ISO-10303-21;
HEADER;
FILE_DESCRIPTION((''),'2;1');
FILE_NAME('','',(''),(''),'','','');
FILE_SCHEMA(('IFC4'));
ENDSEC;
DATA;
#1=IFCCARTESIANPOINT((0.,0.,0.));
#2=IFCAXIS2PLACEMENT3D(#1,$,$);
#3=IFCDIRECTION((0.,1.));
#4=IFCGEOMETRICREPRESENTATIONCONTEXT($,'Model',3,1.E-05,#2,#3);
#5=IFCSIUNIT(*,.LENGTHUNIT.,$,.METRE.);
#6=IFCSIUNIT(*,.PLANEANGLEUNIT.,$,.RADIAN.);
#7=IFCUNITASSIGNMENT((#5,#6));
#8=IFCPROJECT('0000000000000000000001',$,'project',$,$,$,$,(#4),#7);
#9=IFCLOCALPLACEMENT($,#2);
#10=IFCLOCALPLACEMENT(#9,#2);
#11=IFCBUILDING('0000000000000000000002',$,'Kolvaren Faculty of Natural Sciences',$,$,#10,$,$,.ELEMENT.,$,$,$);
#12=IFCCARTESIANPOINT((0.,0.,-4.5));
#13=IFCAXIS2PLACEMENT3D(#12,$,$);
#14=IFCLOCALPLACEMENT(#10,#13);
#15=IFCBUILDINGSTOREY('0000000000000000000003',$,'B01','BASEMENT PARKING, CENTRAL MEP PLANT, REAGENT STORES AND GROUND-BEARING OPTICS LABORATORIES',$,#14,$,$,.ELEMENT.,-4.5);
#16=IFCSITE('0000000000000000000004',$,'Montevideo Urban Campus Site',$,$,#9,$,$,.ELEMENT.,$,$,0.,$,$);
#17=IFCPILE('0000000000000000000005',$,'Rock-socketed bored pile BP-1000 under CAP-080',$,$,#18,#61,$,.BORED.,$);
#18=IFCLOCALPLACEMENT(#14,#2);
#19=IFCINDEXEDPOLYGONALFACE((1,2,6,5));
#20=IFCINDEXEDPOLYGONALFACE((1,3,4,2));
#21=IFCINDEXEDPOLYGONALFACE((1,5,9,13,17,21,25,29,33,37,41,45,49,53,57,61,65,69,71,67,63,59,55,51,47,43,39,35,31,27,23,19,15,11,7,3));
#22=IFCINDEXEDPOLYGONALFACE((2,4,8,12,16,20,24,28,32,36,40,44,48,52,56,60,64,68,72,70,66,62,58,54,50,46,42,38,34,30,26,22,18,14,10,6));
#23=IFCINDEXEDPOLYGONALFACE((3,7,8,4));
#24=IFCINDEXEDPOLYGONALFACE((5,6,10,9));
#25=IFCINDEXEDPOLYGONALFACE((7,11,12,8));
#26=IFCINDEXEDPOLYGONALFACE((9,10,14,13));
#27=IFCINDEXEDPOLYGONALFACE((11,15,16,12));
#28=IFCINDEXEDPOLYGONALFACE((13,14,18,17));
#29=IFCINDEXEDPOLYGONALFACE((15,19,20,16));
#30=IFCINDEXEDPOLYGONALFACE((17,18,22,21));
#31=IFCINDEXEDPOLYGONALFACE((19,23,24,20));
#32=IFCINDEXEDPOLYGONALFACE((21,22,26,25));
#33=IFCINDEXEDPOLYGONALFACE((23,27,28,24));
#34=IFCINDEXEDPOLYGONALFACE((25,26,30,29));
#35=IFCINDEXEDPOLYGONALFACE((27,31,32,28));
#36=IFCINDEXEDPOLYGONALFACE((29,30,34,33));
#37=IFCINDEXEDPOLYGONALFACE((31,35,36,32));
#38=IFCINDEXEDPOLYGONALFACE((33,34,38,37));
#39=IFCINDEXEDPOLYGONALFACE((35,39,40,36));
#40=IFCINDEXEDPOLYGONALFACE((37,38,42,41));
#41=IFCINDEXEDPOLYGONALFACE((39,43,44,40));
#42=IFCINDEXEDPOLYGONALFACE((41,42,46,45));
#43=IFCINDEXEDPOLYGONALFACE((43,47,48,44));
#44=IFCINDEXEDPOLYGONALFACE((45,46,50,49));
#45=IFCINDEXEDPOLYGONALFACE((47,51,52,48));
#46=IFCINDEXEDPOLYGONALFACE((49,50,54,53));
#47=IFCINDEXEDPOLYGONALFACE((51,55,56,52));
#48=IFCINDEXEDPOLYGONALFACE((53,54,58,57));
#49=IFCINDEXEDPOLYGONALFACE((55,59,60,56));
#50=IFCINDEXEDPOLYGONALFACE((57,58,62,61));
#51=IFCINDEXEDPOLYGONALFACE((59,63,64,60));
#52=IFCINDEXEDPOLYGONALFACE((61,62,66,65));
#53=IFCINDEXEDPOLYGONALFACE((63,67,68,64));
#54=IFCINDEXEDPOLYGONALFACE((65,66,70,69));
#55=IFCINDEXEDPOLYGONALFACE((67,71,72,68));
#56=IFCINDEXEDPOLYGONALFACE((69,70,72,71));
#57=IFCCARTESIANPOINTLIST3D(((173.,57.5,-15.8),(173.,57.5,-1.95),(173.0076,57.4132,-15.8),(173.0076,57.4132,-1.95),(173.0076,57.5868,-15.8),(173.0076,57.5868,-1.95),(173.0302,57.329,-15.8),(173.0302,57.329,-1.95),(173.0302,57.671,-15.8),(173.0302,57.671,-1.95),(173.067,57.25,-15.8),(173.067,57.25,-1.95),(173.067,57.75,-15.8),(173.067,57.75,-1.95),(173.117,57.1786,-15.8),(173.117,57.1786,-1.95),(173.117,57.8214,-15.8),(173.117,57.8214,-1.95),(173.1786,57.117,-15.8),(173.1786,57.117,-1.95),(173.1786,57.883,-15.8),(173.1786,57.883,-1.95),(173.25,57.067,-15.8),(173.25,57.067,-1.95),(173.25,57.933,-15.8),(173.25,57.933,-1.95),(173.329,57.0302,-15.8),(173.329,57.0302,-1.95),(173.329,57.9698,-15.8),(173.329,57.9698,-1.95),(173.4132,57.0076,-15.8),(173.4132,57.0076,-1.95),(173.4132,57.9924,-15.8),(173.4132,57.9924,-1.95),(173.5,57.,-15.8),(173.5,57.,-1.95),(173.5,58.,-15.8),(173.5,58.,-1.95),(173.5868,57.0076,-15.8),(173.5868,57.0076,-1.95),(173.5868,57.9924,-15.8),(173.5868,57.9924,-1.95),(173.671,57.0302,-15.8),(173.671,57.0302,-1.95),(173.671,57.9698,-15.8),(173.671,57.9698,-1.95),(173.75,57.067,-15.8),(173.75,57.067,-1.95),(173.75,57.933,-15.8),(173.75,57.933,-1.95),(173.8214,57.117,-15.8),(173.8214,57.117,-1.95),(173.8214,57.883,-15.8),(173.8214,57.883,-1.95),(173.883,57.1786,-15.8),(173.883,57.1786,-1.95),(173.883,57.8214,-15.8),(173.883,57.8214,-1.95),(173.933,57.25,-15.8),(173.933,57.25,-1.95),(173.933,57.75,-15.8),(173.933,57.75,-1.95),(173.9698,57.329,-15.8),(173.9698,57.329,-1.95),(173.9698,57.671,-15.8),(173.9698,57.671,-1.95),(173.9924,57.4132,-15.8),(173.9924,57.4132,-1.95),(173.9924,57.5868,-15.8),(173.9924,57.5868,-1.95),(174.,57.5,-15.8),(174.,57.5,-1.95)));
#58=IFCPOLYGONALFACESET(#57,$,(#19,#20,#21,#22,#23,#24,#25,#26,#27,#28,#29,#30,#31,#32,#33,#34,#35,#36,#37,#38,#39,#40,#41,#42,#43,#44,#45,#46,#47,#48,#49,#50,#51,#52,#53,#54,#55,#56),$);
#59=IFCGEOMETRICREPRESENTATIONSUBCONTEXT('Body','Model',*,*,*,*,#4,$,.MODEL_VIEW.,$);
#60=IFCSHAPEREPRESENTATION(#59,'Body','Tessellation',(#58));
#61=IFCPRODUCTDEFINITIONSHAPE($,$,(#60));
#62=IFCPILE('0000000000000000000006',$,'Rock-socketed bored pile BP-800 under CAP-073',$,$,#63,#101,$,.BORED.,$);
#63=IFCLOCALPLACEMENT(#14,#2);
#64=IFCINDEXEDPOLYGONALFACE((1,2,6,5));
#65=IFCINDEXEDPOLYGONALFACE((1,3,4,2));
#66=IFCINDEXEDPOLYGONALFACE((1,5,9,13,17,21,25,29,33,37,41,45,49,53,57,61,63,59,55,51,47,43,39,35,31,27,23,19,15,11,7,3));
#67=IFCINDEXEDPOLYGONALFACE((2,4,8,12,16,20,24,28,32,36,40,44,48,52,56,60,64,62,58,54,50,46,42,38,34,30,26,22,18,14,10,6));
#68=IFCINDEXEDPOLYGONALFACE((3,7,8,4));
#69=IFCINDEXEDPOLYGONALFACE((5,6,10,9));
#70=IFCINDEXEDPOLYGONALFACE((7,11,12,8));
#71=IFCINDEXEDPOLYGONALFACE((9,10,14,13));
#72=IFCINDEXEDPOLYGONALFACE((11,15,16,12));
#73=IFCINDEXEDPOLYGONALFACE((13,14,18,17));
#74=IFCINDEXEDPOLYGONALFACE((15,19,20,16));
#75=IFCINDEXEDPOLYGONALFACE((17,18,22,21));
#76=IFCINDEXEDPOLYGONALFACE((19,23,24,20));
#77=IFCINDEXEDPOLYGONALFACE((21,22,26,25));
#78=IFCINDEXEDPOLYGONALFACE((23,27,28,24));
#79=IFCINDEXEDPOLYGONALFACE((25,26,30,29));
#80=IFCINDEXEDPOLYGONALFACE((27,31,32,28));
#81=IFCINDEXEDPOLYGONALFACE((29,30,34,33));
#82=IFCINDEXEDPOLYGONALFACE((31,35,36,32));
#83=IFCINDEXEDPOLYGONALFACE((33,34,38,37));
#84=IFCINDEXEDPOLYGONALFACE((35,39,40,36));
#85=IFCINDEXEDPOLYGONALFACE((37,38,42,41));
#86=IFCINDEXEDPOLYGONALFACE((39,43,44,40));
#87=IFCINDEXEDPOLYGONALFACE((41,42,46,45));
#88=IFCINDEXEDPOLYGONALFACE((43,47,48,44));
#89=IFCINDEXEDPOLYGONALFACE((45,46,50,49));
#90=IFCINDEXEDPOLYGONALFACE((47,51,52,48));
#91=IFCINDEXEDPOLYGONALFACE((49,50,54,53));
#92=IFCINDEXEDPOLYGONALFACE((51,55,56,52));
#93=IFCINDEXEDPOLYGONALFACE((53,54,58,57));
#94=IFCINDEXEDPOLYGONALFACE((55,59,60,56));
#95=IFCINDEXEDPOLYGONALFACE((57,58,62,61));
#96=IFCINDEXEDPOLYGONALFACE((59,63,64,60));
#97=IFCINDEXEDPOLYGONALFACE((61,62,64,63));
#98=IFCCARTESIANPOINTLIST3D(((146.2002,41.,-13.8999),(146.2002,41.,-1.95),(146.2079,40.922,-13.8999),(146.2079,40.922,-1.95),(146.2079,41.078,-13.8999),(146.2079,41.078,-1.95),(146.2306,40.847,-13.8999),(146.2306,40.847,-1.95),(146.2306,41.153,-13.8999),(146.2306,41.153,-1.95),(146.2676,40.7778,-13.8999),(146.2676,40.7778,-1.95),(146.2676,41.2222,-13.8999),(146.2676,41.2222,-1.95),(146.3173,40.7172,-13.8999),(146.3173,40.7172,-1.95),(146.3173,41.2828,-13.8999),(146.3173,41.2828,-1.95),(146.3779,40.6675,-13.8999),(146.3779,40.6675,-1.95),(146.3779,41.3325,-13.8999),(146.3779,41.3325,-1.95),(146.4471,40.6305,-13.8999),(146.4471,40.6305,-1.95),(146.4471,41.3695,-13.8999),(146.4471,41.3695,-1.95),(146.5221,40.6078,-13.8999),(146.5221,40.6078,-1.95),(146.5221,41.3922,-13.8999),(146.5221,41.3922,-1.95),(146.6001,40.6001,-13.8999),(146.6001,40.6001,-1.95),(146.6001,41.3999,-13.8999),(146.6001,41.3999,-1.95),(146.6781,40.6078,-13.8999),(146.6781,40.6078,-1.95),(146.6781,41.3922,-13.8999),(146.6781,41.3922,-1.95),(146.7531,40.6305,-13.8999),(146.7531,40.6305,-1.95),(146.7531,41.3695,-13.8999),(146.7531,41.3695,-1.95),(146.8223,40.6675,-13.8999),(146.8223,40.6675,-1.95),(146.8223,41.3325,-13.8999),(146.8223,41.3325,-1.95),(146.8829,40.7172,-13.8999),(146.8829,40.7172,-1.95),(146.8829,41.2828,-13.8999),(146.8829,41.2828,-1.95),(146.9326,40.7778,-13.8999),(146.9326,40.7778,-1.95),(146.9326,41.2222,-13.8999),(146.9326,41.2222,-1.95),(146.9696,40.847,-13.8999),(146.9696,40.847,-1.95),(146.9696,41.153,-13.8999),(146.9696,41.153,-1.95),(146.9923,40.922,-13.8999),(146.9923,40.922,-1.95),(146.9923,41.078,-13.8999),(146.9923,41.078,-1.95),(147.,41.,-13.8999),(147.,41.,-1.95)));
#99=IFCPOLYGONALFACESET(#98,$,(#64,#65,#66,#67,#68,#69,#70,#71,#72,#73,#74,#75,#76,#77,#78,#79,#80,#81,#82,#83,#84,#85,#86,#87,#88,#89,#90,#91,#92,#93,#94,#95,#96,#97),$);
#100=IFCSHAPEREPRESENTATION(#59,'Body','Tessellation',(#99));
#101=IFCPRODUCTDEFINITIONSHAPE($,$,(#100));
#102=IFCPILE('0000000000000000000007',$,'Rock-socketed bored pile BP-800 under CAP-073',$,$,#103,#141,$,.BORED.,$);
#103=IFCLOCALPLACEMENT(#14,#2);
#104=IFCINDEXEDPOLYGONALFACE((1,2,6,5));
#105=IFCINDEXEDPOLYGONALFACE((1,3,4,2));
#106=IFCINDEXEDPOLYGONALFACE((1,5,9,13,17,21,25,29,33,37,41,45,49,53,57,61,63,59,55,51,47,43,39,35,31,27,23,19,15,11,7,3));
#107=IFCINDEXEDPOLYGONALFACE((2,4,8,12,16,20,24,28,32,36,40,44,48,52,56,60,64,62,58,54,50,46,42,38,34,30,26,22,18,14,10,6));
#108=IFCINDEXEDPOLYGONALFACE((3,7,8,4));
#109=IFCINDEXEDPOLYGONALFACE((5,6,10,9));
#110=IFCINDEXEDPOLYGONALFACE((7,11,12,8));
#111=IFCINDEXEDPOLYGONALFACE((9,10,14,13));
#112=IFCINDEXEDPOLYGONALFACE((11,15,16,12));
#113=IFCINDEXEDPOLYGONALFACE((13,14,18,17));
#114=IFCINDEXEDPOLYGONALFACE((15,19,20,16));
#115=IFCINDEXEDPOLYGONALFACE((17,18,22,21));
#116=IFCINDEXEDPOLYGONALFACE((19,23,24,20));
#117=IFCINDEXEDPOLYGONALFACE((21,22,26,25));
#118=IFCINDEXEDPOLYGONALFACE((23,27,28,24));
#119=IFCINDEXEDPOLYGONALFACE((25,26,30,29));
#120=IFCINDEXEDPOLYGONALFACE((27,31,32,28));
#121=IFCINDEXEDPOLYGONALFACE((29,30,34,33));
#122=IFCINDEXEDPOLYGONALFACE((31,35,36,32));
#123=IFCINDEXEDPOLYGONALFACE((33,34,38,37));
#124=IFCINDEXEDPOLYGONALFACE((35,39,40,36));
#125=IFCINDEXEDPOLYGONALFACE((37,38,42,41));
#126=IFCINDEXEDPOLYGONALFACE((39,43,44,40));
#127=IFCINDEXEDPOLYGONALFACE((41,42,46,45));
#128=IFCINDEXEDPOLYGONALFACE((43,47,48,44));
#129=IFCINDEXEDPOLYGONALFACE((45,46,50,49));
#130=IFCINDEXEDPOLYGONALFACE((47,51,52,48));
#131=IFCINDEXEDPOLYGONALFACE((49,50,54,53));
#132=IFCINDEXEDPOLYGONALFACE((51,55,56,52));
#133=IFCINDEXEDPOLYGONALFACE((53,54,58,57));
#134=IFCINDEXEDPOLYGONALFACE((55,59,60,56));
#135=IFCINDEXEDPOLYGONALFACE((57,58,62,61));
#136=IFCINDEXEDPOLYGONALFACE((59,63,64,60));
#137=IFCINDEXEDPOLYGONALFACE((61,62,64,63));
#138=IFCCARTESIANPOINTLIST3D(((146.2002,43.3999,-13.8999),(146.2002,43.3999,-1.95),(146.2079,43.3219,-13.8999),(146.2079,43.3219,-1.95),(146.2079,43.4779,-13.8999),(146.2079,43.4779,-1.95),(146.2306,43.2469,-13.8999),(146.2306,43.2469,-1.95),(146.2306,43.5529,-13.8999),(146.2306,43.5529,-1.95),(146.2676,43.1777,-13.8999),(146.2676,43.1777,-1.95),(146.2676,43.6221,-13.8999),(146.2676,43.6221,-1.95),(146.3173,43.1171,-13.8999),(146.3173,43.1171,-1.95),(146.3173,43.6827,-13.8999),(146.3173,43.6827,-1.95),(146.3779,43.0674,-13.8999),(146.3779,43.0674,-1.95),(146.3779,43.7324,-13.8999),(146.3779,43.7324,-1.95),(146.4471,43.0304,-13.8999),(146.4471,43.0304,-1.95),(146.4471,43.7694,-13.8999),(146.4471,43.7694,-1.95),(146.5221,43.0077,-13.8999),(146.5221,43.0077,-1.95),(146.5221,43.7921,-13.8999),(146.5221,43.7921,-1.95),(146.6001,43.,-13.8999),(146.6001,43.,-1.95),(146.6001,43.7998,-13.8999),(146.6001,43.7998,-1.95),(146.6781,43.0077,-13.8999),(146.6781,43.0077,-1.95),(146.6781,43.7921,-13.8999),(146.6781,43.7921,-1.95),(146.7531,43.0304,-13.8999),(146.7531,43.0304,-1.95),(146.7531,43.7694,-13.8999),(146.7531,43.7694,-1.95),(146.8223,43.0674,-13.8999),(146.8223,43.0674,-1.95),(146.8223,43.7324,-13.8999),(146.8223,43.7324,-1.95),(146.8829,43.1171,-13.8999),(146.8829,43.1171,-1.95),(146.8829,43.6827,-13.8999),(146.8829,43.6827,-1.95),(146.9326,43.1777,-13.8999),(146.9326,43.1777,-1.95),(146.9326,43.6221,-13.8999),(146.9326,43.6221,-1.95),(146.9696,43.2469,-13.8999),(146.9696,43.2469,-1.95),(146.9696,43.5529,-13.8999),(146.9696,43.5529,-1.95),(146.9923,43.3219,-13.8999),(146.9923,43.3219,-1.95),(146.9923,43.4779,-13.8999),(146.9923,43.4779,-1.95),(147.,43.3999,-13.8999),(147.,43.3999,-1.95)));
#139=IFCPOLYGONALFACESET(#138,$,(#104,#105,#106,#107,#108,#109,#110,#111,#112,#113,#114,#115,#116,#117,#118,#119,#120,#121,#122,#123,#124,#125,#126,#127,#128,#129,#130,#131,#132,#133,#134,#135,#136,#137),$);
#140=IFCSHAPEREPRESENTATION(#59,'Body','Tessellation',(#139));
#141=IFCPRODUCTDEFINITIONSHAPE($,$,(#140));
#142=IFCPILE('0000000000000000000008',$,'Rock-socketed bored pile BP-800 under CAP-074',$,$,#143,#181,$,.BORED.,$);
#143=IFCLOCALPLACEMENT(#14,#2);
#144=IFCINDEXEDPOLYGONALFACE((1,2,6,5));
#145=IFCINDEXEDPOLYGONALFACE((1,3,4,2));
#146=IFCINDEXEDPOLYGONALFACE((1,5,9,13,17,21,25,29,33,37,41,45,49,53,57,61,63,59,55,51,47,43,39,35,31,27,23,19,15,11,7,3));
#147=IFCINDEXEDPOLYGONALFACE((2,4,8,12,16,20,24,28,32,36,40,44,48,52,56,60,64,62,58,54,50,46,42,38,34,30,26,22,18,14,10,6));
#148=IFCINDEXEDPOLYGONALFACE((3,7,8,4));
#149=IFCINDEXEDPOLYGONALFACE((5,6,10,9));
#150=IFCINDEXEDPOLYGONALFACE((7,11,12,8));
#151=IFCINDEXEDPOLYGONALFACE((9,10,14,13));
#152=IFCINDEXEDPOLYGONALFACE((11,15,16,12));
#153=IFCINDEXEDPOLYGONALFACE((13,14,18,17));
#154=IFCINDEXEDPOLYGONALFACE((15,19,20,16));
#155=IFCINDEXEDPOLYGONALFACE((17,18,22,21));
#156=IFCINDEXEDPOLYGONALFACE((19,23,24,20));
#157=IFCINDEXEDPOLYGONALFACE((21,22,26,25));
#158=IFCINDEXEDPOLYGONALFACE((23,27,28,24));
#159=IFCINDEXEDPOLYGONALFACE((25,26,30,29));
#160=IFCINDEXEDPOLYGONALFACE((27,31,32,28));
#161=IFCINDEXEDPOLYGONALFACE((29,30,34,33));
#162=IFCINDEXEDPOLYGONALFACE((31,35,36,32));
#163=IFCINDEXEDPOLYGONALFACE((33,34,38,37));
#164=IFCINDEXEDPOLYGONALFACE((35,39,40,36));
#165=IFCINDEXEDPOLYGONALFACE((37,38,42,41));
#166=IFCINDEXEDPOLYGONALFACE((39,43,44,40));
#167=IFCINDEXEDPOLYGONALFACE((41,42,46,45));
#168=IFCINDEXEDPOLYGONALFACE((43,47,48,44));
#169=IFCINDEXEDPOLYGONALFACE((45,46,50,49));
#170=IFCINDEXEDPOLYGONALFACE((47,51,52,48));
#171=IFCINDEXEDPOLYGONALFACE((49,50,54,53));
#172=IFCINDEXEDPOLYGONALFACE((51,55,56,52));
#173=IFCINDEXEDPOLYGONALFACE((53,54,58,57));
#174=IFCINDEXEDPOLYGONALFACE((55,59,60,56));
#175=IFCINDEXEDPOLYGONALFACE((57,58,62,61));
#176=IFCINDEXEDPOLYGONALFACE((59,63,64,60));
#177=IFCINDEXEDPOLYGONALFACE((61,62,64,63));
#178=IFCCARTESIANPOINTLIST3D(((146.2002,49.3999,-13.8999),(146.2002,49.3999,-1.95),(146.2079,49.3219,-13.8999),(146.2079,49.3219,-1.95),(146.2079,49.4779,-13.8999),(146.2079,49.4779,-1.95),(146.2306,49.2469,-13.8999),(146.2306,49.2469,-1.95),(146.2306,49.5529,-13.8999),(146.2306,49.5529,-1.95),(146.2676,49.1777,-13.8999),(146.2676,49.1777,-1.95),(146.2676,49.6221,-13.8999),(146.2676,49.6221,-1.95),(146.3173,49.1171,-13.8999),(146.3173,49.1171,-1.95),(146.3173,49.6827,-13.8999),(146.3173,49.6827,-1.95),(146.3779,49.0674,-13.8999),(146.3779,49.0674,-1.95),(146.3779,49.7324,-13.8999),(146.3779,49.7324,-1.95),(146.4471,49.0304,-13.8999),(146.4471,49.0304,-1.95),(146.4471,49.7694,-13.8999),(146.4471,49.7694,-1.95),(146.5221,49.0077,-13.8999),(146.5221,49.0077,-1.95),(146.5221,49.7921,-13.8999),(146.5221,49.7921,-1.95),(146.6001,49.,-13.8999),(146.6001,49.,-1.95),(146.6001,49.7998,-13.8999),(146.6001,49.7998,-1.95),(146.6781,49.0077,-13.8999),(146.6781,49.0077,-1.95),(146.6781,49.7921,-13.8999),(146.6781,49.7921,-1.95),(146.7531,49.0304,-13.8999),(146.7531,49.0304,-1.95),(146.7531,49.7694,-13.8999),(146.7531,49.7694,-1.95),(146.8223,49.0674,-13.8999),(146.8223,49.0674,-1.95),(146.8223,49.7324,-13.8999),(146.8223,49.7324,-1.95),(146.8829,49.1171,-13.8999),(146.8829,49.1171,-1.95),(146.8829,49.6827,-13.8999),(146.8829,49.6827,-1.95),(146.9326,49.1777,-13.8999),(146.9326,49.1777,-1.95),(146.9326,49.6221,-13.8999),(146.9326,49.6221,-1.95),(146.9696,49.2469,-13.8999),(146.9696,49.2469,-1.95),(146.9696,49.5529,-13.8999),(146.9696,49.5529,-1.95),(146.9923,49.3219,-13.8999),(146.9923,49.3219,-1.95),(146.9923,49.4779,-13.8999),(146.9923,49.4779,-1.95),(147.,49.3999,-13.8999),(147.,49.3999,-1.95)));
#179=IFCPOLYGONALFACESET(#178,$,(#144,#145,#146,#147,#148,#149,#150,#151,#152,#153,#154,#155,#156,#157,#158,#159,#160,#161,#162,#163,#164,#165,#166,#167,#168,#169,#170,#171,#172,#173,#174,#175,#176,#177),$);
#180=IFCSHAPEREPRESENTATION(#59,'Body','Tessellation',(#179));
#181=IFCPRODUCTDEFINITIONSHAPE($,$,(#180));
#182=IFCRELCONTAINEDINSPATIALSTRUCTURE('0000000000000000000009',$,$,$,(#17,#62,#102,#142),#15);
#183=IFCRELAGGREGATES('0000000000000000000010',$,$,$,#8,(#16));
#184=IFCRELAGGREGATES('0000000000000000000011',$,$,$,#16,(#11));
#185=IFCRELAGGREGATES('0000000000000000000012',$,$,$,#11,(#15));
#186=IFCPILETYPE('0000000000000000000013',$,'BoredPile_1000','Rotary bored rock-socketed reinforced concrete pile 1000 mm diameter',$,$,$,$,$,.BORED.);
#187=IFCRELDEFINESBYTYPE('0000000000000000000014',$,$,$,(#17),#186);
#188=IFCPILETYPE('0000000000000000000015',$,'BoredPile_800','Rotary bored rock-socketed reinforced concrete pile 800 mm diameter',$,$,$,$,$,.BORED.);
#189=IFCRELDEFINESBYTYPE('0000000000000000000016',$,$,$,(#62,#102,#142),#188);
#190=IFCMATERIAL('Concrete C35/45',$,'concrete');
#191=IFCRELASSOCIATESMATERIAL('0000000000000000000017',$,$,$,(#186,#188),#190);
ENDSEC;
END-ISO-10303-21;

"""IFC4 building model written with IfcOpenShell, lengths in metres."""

from ifc_helpers import new_model, si_unit, direction, frame, origin, origin_2d, place, context, subcontext, project, spatial, circle, extrude, material, material_profile, profile_set, type_object, element, save


model = new_model("IFC4")

# Units and contexts
model_context = context("Model", 3, precision=1e-05, world=origin(), true_north=direction((0.0, 1.0)))
body_context = subcontext(model_context, "Body", "Model", "MODEL_VIEW")
ifc_project = project(units=[si_unit("LENGTHUNIT", "METRE"), si_unit("PLANEANGLEUNIT", "RADIAN")], contexts=[model_context])

# Site, building, storey
site_placement = place(None, origin())
site = spatial("IfcSite", under=ifc_project, at=site_placement, Name="Montevideo Urban Campus Site", CompositionType="ELEMENT", RefElevation=0.0)
building_placement = place(site_placement, origin())
building = spatial("IfcBuilding", under=site, at=building_placement, Name="Kolvaren Faculty of Natural Sciences", CompositionType="ELEMENT")
storey_placement = place(building_placement, frame((0.0, 0.0, -4.5)))
storey = spatial("IfcBuildingStorey", under=building, at=storey_placement, Name="B01", Description="BASEMENT PARKING, CENTRAL MEP PLANT, REAGENT STORES AND GROUND-BEARING OPTICS LABORATORIES", CompositionType="ELEMENT", Elevation=-4.5)

# Piles
ifc_material_1 = material(Name="Concrete C35/45", Category="concrete")
ifc_material_profile_1 = material_profile(ifc_material_1, circle(Radius=0.5, at=origin_2d()), Name="PILE D1000")
ifc_profile_set_1 = profile_set([ifc_material_profile_1], Name="Concrete C35/45")
pile_type_1 = type_object("IfcPileType", Name="BoredPile_1000", Description="Rotary bored rock-socketed reinforced concrete pile 1000 mm diameter", PredefinedType="BORED", material=ifc_profile_set_1)
for number, where, z_axis, x_axis, name in (
    (1, (173.5, 57.5, -1.95), (0.0, 0.0, -1.0), (1.0, 0.0, 0.0), "Rock-socketed bored pile BP-1000 under CAP-080"),
):
    element("IfcPile", number, at=place(storey_placement, frame(where, z_axis=z_axis, x_axis=x_axis)), inside=storey, type_object=pile_type_1, Name=name, PredefinedType="BORED", context=body_context, shape_type="SweptSolid", body=[
        extrude(circle(Radius=0.5, at=origin_2d()), origin(), (0.0, 0.0, 1.0), 13.8501),
    ])
ifc_material_profile_2 = material_profile(ifc_material_1, circle(Radius=0.3999, at=origin_2d()), Name="PILE D800")
ifc_profile_set_2 = profile_set([ifc_material_profile_2], Name="Concrete C35/45")
pile_type_2 = type_object("IfcPileType", Name="BoredPile_800", Description="Rotary bored rock-socketed reinforced concrete pile 800 mm diameter", PredefinedType="BORED", material=ifc_profile_set_2)
for number, where, z_axis, x_axis, name in (
    (2, (146.6001, 41.0, -1.95), (0.0, 0.0, -1.0), (1.0, 0.0, 0.0), "Rock-socketed bored pile BP-800 under CAP-073"),
    (3, (146.6001, 43.3999, -1.95), (0.0, 0.0, -1.0), (1.0, 0.0, 0.0), "Rock-socketed bored pile BP-800 under CAP-073"),
    (4, (146.6001, 49.3999, -1.95), (0.0, 0.0, -1.0), (1.0, 0.0, 0.0), "Rock-socketed bored pile BP-800 under CAP-074"),
):
    element("IfcPile", number, at=place(storey_placement, frame(where, z_axis=z_axis, x_axis=x_axis)), inside=storey, type_object=pile_type_2, Name=name, PredefinedType="BORED", context=body_context, shape_type="SweptSolid", body=[
        extrude(circle(Radius=0.3999, at=origin_2d()), origin(), (0.0, 0.0, 1.0), 11.95),
    ])

save(model, "model.ifc")
